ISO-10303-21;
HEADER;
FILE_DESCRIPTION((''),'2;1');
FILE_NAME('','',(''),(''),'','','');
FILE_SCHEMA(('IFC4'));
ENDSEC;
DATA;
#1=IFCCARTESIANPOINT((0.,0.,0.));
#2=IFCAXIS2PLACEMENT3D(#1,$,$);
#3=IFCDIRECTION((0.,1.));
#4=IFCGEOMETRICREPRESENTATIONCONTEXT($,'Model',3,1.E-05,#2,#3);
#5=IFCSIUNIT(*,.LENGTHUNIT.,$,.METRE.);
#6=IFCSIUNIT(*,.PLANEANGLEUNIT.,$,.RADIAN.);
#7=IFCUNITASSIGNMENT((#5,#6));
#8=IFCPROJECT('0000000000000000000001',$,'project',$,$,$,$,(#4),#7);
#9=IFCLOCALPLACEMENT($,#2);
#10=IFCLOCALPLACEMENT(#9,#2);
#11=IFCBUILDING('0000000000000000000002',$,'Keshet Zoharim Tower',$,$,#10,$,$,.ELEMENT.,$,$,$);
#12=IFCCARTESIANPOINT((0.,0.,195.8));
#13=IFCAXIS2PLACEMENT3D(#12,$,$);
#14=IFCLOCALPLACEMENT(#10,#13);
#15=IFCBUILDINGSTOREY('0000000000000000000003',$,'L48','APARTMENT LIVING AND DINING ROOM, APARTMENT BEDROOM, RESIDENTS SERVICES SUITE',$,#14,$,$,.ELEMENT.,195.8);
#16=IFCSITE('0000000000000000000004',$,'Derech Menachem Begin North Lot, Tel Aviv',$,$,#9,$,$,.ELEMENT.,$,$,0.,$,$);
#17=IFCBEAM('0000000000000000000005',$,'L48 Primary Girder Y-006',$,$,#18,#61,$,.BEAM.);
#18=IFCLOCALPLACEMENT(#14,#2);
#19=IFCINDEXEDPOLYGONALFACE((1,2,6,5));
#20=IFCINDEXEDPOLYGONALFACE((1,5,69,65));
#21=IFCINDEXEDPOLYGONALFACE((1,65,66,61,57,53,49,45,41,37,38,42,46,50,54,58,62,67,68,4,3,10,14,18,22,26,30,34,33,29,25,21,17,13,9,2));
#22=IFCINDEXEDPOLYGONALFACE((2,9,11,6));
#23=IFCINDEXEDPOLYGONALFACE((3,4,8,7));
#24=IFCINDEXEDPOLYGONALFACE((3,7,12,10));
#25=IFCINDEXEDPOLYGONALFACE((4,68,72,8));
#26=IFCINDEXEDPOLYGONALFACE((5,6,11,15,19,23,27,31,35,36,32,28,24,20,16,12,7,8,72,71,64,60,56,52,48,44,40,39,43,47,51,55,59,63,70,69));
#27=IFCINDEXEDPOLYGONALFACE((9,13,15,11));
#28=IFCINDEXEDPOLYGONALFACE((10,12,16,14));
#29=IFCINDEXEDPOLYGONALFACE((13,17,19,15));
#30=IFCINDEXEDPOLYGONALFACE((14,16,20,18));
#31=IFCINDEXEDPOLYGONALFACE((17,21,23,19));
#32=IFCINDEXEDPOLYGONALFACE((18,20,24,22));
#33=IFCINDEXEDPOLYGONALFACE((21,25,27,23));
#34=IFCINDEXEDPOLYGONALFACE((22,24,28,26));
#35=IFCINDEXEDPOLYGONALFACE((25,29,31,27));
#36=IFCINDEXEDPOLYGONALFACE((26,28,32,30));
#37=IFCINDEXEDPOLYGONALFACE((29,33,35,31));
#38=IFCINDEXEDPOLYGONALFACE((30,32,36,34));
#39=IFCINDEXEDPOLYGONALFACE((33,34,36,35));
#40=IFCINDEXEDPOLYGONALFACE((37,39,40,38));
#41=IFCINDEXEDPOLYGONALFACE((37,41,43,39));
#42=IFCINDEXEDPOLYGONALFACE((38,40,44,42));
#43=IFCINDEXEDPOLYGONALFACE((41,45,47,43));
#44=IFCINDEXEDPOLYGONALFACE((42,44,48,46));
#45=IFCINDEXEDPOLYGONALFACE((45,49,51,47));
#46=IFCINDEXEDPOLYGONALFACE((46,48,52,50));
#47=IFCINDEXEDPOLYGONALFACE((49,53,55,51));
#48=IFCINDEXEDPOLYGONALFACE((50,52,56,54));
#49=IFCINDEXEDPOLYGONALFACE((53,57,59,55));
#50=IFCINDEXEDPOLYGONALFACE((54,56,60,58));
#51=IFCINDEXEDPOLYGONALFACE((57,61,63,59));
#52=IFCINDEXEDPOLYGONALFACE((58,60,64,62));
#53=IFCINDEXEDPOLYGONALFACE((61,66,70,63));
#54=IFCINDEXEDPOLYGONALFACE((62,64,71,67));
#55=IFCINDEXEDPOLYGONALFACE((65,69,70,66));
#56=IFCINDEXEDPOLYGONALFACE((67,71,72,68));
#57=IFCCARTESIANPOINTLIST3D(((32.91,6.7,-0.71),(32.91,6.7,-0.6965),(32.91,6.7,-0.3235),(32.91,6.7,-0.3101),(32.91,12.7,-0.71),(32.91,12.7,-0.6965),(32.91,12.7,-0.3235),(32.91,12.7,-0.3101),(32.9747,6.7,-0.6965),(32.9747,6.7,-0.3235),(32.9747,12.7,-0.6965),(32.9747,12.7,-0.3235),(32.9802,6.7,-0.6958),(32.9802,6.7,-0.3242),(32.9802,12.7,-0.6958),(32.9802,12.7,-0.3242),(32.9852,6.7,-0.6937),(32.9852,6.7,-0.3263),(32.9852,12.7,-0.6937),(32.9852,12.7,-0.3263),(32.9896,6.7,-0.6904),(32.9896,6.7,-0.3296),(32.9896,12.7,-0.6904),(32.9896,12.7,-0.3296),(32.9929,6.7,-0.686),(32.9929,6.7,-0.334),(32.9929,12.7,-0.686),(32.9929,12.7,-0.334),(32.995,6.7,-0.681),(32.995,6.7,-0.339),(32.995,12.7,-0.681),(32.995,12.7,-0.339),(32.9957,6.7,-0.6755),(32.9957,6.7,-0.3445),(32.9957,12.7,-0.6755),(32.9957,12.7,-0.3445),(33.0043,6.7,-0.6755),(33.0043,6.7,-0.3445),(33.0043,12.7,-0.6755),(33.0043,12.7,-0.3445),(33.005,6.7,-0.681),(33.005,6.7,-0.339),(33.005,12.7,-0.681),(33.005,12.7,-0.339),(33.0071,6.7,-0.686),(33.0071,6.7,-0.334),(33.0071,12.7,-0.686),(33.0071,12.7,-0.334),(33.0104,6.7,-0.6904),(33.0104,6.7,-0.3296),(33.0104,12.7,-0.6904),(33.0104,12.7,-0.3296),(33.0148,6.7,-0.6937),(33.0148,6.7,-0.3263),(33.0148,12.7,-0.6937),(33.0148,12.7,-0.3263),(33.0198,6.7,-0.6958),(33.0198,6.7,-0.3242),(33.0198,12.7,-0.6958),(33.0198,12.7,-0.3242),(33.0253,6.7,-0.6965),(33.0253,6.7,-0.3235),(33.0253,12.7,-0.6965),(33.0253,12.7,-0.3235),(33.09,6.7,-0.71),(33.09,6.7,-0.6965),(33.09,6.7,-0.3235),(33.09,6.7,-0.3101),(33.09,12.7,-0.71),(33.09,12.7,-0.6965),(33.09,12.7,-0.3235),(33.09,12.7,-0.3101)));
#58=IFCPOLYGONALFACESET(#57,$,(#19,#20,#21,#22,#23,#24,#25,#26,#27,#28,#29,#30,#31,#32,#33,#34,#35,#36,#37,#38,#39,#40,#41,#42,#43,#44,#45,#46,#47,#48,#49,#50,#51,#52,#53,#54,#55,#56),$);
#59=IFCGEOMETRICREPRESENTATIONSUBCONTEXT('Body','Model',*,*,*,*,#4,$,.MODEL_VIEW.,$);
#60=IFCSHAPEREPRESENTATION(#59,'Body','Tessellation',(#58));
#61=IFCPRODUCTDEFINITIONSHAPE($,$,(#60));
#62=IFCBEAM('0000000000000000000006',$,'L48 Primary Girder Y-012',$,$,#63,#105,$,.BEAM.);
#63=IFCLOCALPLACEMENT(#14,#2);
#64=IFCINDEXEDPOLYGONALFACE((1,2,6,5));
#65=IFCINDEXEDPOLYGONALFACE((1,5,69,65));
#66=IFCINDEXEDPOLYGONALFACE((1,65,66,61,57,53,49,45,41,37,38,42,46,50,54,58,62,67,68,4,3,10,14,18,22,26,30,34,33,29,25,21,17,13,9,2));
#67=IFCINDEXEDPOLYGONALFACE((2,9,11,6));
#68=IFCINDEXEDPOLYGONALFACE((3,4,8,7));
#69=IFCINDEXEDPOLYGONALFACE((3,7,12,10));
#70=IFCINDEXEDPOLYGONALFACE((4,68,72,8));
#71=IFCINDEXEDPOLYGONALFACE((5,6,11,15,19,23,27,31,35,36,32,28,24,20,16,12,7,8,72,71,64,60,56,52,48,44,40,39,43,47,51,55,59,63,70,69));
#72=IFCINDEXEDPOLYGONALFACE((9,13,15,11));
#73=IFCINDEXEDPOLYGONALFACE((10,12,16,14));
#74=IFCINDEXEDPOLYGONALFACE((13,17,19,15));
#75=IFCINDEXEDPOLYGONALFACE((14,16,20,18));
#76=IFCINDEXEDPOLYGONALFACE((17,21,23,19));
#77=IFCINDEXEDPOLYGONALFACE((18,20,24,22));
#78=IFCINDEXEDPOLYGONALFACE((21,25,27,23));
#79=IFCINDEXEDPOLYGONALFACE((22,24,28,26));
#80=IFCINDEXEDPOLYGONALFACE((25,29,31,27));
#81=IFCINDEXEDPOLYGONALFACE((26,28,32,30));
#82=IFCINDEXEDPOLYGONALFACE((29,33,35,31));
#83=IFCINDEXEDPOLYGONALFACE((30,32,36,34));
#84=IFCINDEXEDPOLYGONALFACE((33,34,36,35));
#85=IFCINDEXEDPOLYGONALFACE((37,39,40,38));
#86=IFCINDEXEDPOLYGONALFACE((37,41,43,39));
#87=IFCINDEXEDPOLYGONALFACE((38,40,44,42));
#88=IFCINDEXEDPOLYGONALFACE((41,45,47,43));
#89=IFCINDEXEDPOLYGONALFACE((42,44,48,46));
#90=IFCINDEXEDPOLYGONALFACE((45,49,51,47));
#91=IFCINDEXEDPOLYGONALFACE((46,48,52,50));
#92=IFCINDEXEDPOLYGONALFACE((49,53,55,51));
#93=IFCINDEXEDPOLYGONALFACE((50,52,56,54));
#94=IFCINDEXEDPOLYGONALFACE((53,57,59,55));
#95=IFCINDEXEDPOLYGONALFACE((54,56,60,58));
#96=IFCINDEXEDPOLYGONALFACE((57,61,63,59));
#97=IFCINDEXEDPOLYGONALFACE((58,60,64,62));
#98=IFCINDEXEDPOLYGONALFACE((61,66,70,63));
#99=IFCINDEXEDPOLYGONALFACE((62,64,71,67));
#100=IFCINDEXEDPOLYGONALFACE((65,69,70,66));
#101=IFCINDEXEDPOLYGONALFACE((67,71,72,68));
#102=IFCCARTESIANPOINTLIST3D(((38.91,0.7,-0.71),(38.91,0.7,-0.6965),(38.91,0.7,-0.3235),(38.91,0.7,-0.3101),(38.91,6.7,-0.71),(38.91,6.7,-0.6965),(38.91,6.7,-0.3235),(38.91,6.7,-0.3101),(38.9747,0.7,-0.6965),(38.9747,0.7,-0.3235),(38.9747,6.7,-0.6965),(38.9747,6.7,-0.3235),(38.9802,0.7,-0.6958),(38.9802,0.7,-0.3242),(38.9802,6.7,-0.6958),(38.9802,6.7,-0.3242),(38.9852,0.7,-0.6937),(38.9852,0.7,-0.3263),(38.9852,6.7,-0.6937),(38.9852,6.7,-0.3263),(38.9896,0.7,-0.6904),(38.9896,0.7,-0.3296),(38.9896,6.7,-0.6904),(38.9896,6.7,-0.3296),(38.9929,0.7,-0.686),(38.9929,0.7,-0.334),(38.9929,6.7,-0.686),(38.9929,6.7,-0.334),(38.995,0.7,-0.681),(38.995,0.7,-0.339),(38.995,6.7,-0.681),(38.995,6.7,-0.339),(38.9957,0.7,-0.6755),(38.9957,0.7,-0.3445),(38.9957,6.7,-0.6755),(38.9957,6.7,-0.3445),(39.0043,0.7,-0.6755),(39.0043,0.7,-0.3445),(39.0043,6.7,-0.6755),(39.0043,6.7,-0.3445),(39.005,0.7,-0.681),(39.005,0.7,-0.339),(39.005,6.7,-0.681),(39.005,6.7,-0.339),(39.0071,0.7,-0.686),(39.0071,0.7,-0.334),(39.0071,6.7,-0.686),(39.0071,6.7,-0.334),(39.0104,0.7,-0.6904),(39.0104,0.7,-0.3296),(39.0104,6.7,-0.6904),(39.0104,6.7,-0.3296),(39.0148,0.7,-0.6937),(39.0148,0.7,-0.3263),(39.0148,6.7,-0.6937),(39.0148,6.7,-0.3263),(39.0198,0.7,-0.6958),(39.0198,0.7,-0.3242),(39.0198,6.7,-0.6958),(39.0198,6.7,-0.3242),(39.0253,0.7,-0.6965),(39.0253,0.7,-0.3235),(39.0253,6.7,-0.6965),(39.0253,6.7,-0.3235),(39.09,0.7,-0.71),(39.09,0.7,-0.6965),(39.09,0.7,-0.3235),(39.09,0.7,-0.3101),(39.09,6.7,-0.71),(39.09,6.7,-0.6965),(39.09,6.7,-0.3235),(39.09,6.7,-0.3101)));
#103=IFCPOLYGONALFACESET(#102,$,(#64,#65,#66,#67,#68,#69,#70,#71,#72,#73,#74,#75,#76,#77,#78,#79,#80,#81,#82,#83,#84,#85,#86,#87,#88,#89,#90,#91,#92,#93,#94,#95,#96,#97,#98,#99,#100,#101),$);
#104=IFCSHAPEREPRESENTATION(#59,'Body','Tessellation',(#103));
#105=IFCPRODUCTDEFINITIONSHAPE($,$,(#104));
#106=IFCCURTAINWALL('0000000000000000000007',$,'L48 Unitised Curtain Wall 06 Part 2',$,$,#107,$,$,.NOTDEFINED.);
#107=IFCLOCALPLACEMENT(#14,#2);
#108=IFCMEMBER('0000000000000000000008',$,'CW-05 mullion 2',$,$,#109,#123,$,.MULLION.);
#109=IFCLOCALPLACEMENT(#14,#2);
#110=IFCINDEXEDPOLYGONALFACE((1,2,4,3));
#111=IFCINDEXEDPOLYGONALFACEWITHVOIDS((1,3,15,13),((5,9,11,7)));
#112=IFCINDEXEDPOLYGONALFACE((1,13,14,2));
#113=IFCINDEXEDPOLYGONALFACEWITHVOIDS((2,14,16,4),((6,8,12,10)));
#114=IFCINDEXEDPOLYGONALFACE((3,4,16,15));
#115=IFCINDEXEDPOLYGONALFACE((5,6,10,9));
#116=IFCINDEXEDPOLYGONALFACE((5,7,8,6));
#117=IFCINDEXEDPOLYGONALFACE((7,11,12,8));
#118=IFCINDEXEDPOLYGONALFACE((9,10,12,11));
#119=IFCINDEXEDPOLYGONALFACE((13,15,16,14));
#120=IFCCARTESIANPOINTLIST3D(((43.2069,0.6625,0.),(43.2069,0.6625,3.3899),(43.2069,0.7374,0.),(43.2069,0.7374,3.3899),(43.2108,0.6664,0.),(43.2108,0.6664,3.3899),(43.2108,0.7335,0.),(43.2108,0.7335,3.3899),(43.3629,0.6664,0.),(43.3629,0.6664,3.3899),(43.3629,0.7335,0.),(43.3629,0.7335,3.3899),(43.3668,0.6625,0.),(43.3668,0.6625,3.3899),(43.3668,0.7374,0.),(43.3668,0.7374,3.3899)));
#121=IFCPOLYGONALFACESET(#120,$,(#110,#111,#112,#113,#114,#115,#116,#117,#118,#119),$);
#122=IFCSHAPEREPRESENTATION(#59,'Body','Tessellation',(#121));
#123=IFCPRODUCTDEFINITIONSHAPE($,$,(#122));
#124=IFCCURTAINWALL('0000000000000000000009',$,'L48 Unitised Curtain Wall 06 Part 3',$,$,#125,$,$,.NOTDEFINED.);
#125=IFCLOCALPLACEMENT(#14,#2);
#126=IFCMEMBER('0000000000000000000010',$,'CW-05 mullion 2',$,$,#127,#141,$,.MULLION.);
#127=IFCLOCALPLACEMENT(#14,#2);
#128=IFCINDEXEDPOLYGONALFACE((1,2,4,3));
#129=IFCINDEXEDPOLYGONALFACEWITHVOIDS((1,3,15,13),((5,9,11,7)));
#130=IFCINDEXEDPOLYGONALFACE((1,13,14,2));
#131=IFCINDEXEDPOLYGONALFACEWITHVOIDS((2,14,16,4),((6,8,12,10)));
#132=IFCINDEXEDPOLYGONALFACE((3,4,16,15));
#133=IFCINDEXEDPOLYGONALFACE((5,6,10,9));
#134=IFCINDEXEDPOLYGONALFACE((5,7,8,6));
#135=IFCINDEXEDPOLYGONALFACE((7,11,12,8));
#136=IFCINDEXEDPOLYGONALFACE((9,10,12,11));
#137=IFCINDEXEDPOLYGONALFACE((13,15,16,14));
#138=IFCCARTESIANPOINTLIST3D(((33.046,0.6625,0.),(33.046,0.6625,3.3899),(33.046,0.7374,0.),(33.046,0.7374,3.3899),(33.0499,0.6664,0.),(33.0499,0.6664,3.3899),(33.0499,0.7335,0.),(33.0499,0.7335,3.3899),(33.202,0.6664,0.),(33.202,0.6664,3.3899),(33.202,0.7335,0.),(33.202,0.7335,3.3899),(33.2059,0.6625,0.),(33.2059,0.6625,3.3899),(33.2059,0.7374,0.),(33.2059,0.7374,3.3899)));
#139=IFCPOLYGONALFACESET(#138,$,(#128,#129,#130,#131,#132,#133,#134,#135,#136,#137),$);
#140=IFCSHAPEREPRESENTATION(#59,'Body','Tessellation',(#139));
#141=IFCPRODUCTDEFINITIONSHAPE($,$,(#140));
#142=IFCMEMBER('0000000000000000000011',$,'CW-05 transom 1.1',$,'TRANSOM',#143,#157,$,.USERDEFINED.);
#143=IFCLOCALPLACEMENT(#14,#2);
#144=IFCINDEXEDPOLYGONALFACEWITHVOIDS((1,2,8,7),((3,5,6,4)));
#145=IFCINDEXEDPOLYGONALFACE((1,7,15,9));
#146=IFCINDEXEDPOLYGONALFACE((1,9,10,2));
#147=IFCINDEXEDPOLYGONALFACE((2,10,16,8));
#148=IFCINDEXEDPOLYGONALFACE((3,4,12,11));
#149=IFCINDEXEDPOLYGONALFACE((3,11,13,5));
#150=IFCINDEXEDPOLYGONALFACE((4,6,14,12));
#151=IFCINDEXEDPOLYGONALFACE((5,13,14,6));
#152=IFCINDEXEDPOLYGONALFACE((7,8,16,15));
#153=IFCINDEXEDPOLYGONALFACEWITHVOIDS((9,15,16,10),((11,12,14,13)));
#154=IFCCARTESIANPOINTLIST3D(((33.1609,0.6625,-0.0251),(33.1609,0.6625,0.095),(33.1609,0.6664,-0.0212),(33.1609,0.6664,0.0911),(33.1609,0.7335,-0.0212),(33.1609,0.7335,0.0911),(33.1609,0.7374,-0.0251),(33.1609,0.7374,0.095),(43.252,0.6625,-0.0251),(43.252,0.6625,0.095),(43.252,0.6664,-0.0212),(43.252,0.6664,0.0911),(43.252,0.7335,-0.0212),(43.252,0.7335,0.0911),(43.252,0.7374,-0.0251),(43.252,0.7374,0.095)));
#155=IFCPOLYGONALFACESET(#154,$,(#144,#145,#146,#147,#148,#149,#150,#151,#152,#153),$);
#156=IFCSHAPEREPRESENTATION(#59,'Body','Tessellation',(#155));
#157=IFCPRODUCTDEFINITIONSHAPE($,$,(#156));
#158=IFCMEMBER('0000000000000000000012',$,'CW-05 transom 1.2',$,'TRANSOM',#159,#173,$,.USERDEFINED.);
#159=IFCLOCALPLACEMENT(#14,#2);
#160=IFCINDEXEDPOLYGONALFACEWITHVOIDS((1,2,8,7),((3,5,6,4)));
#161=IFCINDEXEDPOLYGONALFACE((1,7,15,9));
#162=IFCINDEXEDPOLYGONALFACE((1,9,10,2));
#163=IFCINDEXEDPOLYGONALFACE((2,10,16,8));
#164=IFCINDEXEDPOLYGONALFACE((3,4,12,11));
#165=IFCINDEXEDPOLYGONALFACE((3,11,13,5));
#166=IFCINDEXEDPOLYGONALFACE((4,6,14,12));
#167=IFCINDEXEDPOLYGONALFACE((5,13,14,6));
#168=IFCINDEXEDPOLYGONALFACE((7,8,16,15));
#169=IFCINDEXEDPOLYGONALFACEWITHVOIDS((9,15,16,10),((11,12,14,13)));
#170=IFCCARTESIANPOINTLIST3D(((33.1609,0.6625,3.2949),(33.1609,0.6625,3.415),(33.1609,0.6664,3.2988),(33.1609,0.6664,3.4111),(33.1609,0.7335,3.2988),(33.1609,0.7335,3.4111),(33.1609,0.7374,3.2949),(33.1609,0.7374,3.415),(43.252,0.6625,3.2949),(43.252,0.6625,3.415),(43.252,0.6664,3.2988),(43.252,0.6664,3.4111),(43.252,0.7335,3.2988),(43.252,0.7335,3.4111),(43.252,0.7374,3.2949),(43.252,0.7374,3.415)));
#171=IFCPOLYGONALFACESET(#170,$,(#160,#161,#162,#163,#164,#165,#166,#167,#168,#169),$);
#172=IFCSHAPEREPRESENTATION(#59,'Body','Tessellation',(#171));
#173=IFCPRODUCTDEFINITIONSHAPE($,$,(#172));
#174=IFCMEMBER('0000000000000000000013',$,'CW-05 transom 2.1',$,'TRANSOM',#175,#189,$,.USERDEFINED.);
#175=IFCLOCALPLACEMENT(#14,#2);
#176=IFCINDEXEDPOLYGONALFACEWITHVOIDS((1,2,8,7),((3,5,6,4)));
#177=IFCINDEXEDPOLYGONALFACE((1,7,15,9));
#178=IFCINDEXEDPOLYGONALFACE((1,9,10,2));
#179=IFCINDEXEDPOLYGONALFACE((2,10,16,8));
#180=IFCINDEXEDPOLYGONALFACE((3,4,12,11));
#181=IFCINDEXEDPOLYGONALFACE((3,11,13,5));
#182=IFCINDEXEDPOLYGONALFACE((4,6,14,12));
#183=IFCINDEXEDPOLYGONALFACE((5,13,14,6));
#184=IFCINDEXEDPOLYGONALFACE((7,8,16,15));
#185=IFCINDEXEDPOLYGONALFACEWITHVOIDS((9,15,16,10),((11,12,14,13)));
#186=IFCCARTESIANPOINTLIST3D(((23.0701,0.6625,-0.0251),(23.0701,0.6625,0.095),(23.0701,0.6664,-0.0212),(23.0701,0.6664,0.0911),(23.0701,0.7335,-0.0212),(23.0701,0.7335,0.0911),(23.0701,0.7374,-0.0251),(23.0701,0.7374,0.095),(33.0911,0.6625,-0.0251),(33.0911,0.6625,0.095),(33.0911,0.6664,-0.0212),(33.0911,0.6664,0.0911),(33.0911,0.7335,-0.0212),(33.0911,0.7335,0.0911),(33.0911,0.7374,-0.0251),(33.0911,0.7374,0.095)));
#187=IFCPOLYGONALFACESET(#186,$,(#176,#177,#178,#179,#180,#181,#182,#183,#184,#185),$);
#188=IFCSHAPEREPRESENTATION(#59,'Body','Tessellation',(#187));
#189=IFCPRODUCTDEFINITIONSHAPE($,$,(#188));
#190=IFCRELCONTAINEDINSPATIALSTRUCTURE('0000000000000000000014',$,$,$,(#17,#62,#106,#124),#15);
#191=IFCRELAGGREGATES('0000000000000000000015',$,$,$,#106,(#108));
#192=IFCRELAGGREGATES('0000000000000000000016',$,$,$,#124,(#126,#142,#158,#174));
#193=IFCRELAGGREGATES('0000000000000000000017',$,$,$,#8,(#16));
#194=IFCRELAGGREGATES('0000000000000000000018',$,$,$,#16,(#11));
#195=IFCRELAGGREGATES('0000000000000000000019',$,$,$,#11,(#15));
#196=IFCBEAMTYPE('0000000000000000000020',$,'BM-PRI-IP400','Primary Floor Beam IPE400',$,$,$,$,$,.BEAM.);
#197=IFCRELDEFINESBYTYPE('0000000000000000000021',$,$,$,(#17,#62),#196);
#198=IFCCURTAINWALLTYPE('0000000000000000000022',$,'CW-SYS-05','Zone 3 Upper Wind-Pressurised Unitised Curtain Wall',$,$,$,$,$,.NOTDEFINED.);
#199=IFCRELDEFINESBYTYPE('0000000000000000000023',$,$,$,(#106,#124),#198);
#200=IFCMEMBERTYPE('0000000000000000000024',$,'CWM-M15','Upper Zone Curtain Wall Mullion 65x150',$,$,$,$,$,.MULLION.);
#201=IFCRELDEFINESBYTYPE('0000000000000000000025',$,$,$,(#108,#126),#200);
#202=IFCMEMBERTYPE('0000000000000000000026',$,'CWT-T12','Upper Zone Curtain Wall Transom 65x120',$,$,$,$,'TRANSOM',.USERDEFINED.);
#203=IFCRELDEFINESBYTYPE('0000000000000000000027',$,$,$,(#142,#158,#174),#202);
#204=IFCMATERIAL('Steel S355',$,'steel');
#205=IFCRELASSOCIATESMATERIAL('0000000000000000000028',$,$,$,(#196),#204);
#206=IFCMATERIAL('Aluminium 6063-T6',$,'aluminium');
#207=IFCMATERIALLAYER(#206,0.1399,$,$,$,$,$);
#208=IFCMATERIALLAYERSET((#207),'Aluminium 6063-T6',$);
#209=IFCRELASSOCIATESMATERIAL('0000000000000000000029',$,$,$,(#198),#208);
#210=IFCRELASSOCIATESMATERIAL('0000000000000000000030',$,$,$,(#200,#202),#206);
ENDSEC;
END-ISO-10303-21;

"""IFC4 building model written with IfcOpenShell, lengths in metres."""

from ifc_helpers import new_model, si_unit, direction, frame, origin, origin_2d, place, context, subcontext, project, spatial, hollow_rectangle, i_section, extrude, material, layer, layer_set, material_profile, profile_set, type_object, element, aggregate, save


model = new_model("IFC4")

# Units and contexts
model_context = context("Model", 3, precision=1e-05, world=origin(), true_north=direction((0.0, 1.0)))
body_context = subcontext(model_context, "Body", "Model", "MODEL_VIEW")
ifc_project = project(units=[si_unit("LENGTHUNIT", "METRE"), si_unit("PLANEANGLEUNIT", "RADIAN")], contexts=[model_context])

# Site, building, storey
site_placement = place(None, origin())
site = spatial("IfcSite", under=ifc_project, at=site_placement, Name="Derech Menachem Begin North Lot, Tel Aviv", CompositionType="ELEMENT", RefElevation=0.0)
building_placement = place(site_placement, origin())
building = spatial("IfcBuilding", under=site, at=building_placement, Name="Keshet Zoharim Tower", CompositionType="ELEMENT")
storey_placement = place(building_placement, frame((0.0, 0.0, 195.8)))
storey = spatial("IfcBuildingStorey", under=building, at=storey_placement, Name="L48", Description="APARTMENT LIVING AND DINING ROOM, APARTMENT BEDROOM, RESIDENTS SERVICES SUITE", CompositionType="ELEMENT", Elevation=195.8)

# Shared definitions
ifc_material_1 = material(Name="Steel S355", Category="steel")

# Beams
ifc_material_profile_1 = material_profile(ifc_material_1, i_section(OverallWidth=0.1799, OverallDepth=0.3999, WebThickness=0.0085, FlangeThickness=0.0134, FilletRadius=0.021, at=origin_2d()), Name="IPE400")
ifc_profile_set_1 = profile_set([ifc_material_profile_1], Name="Steel S355")
beam_type_1 = type_object("IfcBeamType", Name="BM-PRI-IP400", Description="Primary Floor Beam IPE400", PredefinedType="BEAM", material=ifc_profile_set_1)
for number, where, z_axis, x_axis, name in (
    (1, (33.0, 6.7, -0.51), (0.0, 1.0, 0.0), (-1.0, 0.0, 0.0), "L48 Primary Girder Y-006"),
    (2, (39.0, 0.7, -0.51), (0.0, 1.0, 0.0), (-1.0, 0.0, 0.0), "L48 Primary Girder Y-012"),
):
    element("IfcBeam", number, at=place(storey_placement, frame(where, z_axis=z_axis, x_axis=x_axis)), inside=storey, type_object=beam_type_1, Name=name, PredefinedType="BEAM", context=body_context, shape_type="SweptSolid", body=[
        extrude(i_section(OverallWidth=0.1799, OverallDepth=0.3999, WebThickness=0.0085, FlangeThickness=0.0134, FilletRadius=0.021, at=origin_2d()), origin(), (0.0, 0.0, 1.0), 6.0),
    ])

# Curtain wall, member
ifc_material_2 = material(Name="Aluminium 6063-T6", Category="aluminium")
ifc_layer_1 = layer(ifc_material_2, 0.1399)
ifc_layer_set_1 = layer_set([ifc_layer_1], Name="Aluminium 6063-T6")
curtain_wall_type = type_object("IfcCurtainWallType", Name="CW-SYS-05", Description="Zone 3 Upper Wind-Pressurised Unitised Curtain Wall", PredefinedType="NOTDEFINED", material=ifc_layer_set_1)
curtain_wall_1_placement = place(storey_placement, origin())
curtain_wall_1 = element("IfcCurtainWall", 3, at=curtain_wall_1_placement, inside=storey, type_object=curtain_wall_type, Name="L48 Unitised Curtain Wall 06 Part 2", PredefinedType="NOTDEFINED")
ifc_material_profile_2 = material_profile(ifc_material_2, hollow_rectangle(XDim=0.075, YDim=0.1599, WallThickness=0.0039, at=origin_2d()), Name="MUL-75x160")
ifc_profile_set_2 = profile_set([ifc_material_profile_2], Name="Aluminium 6063-T6")
member_type_1 = type_object("IfcMemberType", Name="CWM-M15", Description="Upper Zone Curtain Wall Mullion 65x150", PredefinedType="MULLION", material=ifc_profile_set_2)
member_1_placement = place(storey_placement, frame((43.2869, 0.7, 0.0), z_axis=(0.0, 0.0, 1.0), x_axis=(0.0, -1.0, 0.0)))
member_1 = element("IfcMember", 4, at=member_1_placement, type_object=member_type_1, Name="CW-05 mullion 2", PredefinedType="MULLION", context=body_context, shape_type="SweptSolid", body=[
    extrude(hollow_rectangle(XDim=0.075, YDim=0.1599, WallThickness=0.0039, at=origin_2d()), origin(), (0.0, 0.0, 1.0), 3.3899),
])
aggregate(curtain_wall_1, [member_1])

# Curtain wall, members
curtain_wall_2_placement = place(storey_placement, origin())
curtain_wall_2 = element("IfcCurtainWall", 5, at=curtain_wall_2_placement, inside=storey, type_object=curtain_wall_type, Name="L48 Unitised Curtain Wall 06 Part 3", PredefinedType="NOTDEFINED")
member_2_placement = place(storey_placement, frame((33.126, 0.7, 0.0), z_axis=(0.0, 0.0, 1.0), x_axis=(0.0, -1.0, 0.0)))
member_2 = element("IfcMember", 6, at=member_2_placement, type_object=member_type_1, Name="CW-05 mullion 2", PredefinedType="MULLION", context=body_context, shape_type="SweptSolid", body=[
    extrude(hollow_rectangle(XDim=0.075, YDim=0.1599, WallThickness=0.0039, at=origin_2d()), origin(), (0.0, 0.0, 1.0), 3.3899),
])
ifc_material_profile_3 = material_profile(ifc_material_2, hollow_rectangle(XDim=0.075, YDim=0.1201, WallThickness=0.0039, at=origin_2d()), Name="TRN-75x120")
ifc_profile_set_3 = profile_set([ifc_material_profile_3], Name="Aluminium 6063-T6")
member_type_2 = type_object("IfcMemberType", Name="CWT-T12", Description="Upper Zone Curtain Wall Transom 65x120", ElementType="TRANSOM", PredefinedType="USERDEFINED", material=ifc_profile_set_3)
member_3_placement = place(storey_placement, frame((43.252, 0.7, 0.0349), z_axis=(-1.0, 0.0, 0.0), x_axis=(0.0, -1.0, 0.0)))
member_3 = element("IfcMember", 7, at=member_3_placement, type_object=member_type_2, Name="CW-05 transom 1.1", ObjectType="TRANSOM", PredefinedType="USERDEFINED", context=body_context, shape_type="SweptSolid", body=[
    extrude(hollow_rectangle(XDim=0.075, YDim=0.1201, WallThickness=0.0039, at=origin_2d()), origin(), (0.0, 0.0, 1.0), 10.0911),
])
member_4_placement = place(storey_placement, frame((43.252, 0.7, 3.355), z_axis=(-1.0, 0.0, 0.0), x_axis=(0.0, -1.0, 0.0)))
member_4 = element("IfcMember", 8, at=member_4_placement, type_object=member_type_2, Name="CW-05 transom 1.2", ObjectType="TRANSOM", PredefinedType="USERDEFINED", context=body_context, shape_type="SweptSolid", body=[
    extrude(hollow_rectangle(XDim=0.075, YDim=0.1201, WallThickness=0.0039, at=origin_2d()), origin(), (0.0, 0.0, 1.0), 10.0911),
])
member_5_placement = place(storey_placement, frame((33.0911, 0.7, 0.0349), z_axis=(-1.0, 0.0, 0.0), x_axis=(0.0, -1.0, 0.0)))
member_5 = element("IfcMember", 9, at=member_5_placement, type_object=member_type_2, Name="CW-05 transom 2.1", ObjectType="TRANSOM", PredefinedType="USERDEFINED", context=body_context, shape_type="SweptSolid", body=[
    extrude(hollow_rectangle(XDim=0.075, YDim=0.1201, WallThickness=0.0039, at=origin_2d()), origin(), (0.0, 0.0, 1.0), 10.021),
])
aggregate(curtain_wall_2, [member_2, member_3, member_4, member_5])

save(model, "model.ifc")
